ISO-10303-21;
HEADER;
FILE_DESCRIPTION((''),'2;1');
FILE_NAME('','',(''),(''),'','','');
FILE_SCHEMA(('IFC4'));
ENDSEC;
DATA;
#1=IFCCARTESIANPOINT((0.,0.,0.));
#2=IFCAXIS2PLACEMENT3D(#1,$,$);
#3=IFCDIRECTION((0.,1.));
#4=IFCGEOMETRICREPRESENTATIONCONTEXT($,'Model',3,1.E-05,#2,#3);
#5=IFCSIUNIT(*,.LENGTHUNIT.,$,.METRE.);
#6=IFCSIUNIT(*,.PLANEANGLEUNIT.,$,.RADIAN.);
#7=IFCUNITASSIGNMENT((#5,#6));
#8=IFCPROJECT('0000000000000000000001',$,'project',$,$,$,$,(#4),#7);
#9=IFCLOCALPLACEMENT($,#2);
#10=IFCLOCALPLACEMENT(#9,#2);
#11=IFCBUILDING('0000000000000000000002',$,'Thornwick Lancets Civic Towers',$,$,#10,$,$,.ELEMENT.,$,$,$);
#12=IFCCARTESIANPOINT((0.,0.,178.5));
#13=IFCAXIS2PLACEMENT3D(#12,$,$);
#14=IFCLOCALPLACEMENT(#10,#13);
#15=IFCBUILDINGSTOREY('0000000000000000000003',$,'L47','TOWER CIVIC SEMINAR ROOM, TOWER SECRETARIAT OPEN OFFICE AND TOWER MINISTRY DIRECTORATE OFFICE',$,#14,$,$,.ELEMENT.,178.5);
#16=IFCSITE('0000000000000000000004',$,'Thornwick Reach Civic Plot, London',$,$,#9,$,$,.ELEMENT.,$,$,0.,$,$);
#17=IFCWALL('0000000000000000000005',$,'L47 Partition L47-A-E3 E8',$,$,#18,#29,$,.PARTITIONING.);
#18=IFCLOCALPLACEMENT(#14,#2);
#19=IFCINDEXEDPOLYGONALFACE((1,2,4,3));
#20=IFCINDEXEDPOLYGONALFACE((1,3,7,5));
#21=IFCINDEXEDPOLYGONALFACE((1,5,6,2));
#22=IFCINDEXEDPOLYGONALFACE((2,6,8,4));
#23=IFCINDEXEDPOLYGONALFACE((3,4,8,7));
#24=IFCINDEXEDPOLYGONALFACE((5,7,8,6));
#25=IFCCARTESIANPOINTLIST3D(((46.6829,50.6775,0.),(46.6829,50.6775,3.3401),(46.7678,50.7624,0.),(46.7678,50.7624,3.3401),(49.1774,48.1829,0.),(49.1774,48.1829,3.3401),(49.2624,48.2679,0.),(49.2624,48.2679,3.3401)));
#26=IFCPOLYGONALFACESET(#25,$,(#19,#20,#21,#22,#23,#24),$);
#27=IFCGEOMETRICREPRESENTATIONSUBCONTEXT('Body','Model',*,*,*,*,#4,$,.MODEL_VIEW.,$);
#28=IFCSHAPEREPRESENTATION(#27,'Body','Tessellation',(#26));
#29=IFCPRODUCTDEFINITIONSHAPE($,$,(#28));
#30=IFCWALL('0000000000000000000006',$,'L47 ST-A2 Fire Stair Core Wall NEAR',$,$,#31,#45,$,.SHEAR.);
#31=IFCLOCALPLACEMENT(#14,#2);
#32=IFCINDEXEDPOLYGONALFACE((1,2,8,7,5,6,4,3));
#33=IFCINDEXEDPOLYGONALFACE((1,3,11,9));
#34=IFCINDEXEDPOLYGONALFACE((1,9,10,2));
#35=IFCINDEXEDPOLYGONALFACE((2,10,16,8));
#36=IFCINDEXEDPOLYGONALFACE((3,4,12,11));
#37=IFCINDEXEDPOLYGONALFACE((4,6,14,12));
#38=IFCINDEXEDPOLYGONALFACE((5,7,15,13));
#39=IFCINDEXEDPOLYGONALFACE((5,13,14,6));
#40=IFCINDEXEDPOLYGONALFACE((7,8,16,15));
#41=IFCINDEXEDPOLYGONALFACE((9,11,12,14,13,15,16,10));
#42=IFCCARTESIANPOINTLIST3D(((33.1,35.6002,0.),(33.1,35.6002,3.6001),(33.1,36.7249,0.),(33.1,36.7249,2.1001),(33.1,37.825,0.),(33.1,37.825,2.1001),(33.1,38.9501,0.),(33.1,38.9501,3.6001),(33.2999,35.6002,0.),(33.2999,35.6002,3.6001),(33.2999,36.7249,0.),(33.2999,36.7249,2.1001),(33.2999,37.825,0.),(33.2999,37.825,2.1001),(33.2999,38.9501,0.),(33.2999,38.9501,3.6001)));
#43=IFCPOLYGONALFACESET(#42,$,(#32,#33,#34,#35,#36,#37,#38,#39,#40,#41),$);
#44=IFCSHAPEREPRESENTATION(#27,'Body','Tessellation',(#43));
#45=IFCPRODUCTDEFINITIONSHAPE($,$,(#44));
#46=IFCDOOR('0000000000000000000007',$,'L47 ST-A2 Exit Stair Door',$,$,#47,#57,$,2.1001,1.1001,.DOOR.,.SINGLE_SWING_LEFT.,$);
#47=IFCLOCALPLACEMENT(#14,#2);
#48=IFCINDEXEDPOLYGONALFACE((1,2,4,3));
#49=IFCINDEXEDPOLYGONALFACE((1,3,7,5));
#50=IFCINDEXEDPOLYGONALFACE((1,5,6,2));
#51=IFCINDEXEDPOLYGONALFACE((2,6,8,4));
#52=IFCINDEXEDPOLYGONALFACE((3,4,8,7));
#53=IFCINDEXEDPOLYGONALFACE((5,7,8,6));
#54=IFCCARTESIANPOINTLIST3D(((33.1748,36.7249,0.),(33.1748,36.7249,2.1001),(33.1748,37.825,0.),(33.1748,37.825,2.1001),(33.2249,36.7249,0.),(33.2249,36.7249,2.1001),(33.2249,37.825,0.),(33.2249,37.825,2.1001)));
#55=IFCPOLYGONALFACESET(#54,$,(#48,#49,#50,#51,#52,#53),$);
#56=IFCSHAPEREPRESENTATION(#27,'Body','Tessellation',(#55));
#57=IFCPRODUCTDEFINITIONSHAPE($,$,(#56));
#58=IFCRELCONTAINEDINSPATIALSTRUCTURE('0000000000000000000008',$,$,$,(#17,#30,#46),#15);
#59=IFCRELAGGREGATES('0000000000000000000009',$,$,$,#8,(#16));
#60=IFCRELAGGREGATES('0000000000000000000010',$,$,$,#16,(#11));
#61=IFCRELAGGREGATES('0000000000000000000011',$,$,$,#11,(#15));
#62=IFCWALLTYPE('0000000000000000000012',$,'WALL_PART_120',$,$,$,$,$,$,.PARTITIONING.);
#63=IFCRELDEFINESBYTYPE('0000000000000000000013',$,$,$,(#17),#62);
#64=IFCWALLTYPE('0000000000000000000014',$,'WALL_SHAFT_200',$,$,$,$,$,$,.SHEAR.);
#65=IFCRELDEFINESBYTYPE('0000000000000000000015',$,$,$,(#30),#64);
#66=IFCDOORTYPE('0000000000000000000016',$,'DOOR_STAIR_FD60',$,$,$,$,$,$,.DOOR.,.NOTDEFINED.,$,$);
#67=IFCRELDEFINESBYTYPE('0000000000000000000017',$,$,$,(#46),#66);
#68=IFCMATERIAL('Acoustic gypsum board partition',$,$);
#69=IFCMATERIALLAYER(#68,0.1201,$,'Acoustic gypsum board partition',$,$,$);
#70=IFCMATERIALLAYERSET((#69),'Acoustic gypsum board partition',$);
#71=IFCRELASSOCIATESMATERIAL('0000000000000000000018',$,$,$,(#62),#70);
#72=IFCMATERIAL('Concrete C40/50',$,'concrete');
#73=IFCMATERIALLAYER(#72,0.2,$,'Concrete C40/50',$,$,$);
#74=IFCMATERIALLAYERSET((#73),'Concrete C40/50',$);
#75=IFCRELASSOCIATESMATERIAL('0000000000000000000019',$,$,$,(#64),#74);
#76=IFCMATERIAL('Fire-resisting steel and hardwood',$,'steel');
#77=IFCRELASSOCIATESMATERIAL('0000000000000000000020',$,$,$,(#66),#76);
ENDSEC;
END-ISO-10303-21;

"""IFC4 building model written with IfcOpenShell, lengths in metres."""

from ifc_helpers import new_model, si_unit, direction, frame, frame_2d, origin, place, context, subcontext, project, spatial, rectangle, extrude, material, layer, layer_set, type_object, element, fill, save


model = new_model("IFC4")

# Units and contexts
model_context = context("Model", 3, precision=1e-05, world=origin(), true_north=direction((0.0, 1.0)))
body_context = subcontext(model_context, "Body", "Model", "MODEL_VIEW")
ifc_project = project(units=[si_unit("LENGTHUNIT", "METRE"), si_unit("PLANEANGLEUNIT", "RADIAN")], contexts=[model_context])

# Site, building, storey
site_placement = place(None, origin())
site = spatial("IfcSite", under=ifc_project, at=site_placement, Name="Thornwick Reach Civic Plot, London", CompositionType="ELEMENT", RefElevation=0.0)
building_placement = place(site_placement, origin())
building = spatial("IfcBuilding", under=site, at=building_placement, Name="Thornwick Lancets Civic Towers", CompositionType="ELEMENT")
storey_placement = place(building_placement, frame((0.0, 0.0, 178.5)))
storey = spatial("IfcBuildingStorey", under=building, at=storey_placement, Name="L47", Description="TOWER CIVIC SEMINAR ROOM, TOWER SECRETARIAT OPEN OFFICE AND TOWER MINISTRY DIRECTORATE OFFICE", CompositionType="ELEMENT", Elevation=178.5)

# Wall
ifc_material_1 = material(Name="Acoustic gypsum board partition")
ifc_layer_1 = layer(ifc_material_1, 0.1201, Name="Acoustic gypsum board partition")
ifc_layer_set_1 = layer_set([ifc_layer_1], Name="Acoustic gypsum board partition")
wall_type_1 = type_object("IfcWallType", Name="WALL_PART_120", PredefinedType="PARTITIONING", material=ifc_layer_set_1)
wall_1_placement = place(storey_placement, frame((46.7253, 50.72, 0.0), z_axis=(0.0, 0.0, 1.0), x_axis=(0.707107, -0.707107, 0.0)))
element("IfcWall", 1, at=wall_1_placement, inside=storey, type_object=wall_type_1, Name="L47 Partition L47-A-E3 E8", PredefinedType="PARTITIONING", context=body_context, shape_type="SweptSolid", body=[
    extrude(rectangle(XDim=3.5278, YDim=0.1201, at=frame_2d((1.7639, 0.0))), origin(), (0.0, 0.0, 1.0), 3.3401),
])

# Wall, opening, door
ifc_material_2 = material(Name="Concrete C40/50", Category="concrete")
ifc_layer_2 = layer(ifc_material_2, 0.2, Name="Concrete C40/50")
ifc_layer_set_2 = layer_set([ifc_layer_2], Name="Concrete C40/50")
wall_type_2 = type_object("IfcWallType", Name="WALL_SHAFT_200", PredefinedType="SHEAR", material=ifc_layer_set_2)
wall_2_placement = place(storey_placement, frame((33.2, 38.95, 0.0), z_axis=(0.0, 0.0, 1.0), x_axis=(0.0, -1.0, 0.0)))
wall_2 = element("IfcWall", 2, at=wall_2_placement, inside=storey, type_object=wall_type_2, Name="L47 ST-A2 Fire Stair Core Wall NEAR", PredefinedType="SHEAR", context=body_context, shape_type="SweptSolid", body=[
    extrude(rectangle(XDim=3.3499, YDim=0.2, at=frame_2d((1.6748, 0.0))), origin(), (0.0, 0.0, 1.0), 3.6001),
])
opening_1_placement = place(wall_2_placement, frame((1.125, 0.0, 0.0)))
opening_1 = element("IfcOpeningElement", 3, at=opening_1_placement, cuts=wall_2, PredefinedType="OPENING", context=body_context, shape_type="SweptSolid", body=[
    extrude(rectangle(XDim=1.1001, YDim=2.1001, at=frame_2d((0.55, 1.05))), frame((0.0, 0.1099, 0.0), z_axis=(0.0, -1.0, 0.0), x_axis=(1.0, 0.0, 0.0)), (0.0, 0.0, 1.0), 0.22),
])
ifc_material_3 = material(Name="Fire-resisting steel and hardwood", Category="steel")
door_type_1 = type_object("IfcDoorType", Name="DOOR_STAIR_FD60", OperationType="NOTDEFINED", PredefinedType="DOOR", material=ifc_material_3)
door_1_placement = place(opening_1_placement, origin())
door_1 = element("IfcDoor", 4, at=door_1_placement, inside=storey, type_object=door_type_1, Name="L47 ST-A2 Exit Stair Door", OperationType="SINGLE_SWING_LEFT", OverallHeight=2.1001, OverallWidth=1.1001, PredefinedType="DOOR", context=body_context, shape_type="SweptSolid", body=[
    extrude(rectangle(XDim=1.1001, YDim=2.1001, at=frame_2d((0.55, 1.05))), frame((0.0, 0.0249, 0.0), z_axis=(0.0, -1.0, 0.0), x_axis=(1.0, 0.0, 0.0)), (0.0, 0.0, 1.0), 0.05),
])
fill(opening_1, door_1)

save(model, "model.ifc")
